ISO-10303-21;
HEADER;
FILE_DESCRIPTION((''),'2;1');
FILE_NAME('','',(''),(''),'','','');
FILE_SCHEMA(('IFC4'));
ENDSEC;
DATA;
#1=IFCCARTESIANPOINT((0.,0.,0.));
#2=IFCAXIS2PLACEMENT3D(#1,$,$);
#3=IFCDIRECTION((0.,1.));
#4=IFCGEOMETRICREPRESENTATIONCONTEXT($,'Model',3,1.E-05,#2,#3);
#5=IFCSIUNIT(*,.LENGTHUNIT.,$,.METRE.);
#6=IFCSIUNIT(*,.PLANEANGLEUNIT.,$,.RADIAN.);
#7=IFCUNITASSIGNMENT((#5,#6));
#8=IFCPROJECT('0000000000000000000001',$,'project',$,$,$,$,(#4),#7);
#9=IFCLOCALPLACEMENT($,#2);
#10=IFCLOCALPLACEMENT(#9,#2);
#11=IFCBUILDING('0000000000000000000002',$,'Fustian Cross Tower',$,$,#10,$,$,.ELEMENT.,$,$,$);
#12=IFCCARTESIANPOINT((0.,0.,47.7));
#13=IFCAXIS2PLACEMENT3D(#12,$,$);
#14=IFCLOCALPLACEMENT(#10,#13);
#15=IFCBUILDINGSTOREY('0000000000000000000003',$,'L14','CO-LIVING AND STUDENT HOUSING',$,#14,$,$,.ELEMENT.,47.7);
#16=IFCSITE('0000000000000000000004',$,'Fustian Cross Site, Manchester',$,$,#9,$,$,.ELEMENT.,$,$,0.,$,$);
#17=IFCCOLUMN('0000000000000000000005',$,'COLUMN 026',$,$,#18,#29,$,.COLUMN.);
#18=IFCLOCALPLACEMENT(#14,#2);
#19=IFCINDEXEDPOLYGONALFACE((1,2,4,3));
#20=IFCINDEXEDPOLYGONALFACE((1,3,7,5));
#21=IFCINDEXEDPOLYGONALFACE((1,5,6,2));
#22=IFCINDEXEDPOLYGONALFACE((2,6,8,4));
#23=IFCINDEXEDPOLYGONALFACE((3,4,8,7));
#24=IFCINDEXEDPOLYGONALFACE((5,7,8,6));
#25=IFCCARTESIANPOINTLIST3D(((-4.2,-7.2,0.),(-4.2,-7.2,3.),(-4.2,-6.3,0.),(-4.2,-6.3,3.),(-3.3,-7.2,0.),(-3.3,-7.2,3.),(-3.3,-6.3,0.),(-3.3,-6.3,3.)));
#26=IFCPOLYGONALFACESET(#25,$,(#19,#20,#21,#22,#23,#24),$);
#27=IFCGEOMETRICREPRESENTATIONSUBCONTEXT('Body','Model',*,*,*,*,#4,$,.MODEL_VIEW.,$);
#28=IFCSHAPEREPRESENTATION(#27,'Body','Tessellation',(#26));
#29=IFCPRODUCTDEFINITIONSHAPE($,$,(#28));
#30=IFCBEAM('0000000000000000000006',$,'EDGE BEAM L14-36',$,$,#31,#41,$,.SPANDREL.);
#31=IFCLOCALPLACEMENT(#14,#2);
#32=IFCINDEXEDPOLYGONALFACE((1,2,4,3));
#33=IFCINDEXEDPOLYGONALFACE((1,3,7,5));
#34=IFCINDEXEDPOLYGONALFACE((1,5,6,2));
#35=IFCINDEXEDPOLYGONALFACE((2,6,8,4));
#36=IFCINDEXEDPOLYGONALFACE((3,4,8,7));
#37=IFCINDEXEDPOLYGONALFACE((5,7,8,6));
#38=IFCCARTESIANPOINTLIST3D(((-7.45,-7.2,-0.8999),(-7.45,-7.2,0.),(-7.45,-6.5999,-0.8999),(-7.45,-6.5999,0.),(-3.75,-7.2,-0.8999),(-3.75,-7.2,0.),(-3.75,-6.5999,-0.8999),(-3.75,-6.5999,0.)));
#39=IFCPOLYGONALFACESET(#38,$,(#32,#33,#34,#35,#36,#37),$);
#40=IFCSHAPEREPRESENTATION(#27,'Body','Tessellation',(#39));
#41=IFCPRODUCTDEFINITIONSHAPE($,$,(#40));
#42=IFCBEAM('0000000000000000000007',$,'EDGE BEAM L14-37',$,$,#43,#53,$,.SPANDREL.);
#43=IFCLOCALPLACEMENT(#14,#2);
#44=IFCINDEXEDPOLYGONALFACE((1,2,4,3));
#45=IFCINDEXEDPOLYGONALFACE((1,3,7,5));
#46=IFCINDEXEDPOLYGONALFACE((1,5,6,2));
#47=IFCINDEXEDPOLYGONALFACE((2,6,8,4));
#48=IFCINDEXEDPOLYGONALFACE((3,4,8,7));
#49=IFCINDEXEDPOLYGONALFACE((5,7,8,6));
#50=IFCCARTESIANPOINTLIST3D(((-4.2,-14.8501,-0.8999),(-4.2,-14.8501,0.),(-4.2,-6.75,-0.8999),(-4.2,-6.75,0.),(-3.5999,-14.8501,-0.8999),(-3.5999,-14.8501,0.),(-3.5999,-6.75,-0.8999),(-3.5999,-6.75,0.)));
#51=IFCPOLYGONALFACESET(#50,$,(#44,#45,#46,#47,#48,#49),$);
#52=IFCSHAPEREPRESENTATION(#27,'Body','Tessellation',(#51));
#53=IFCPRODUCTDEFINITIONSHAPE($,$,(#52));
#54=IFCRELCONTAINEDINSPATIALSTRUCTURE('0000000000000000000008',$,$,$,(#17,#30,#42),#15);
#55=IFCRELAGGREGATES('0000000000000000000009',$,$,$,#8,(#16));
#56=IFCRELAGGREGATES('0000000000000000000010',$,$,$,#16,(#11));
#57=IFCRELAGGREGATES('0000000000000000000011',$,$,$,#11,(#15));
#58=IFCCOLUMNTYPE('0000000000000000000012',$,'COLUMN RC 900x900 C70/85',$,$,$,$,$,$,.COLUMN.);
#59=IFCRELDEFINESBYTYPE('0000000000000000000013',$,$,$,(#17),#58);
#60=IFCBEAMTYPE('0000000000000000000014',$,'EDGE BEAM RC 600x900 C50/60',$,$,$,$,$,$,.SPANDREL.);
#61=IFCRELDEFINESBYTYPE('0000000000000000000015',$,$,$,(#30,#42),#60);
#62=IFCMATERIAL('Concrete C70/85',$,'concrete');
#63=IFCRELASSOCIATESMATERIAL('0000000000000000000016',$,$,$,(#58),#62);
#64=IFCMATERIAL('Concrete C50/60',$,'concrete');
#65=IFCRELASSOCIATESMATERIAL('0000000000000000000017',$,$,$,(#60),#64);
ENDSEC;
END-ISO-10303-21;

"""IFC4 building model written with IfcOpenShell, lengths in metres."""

from ifc_helpers import new_model, si_unit, direction, frame, origin, origin_2d, place, context, subcontext, project, spatial, rectangle, extrude, material, material_profile, profile_set, type_object, element, save


model = new_model("IFC4")

# Units and contexts
model_context = context("Model", 3, precision=1e-05, world=origin(), true_north=direction((0.0, 1.0)))
body_context = subcontext(model_context, "Body", "Model", "MODEL_VIEW")
ifc_project = project(units=[si_unit("LENGTHUNIT", "METRE"), si_unit("PLANEANGLEUNIT", "RADIAN")], contexts=[model_context])

# Site, building, storey
site_placement = place(None, origin())
site = spatial("IfcSite", under=ifc_project, at=site_placement, Name="Fustian Cross Site, Manchester", CompositionType="ELEMENT", RefElevation=0.0)
building_placement = place(site_placement, origin())
building = spatial("IfcBuilding", under=site, at=building_placement, Name="Fustian Cross Tower", CompositionType="ELEMENT")
storey_placement = place(building_placement, frame((0.0, 0.0, 47.7)))
storey = spatial("IfcBuildingStorey", under=building, at=storey_placement, Name="L14", Description="CO-LIVING AND STUDENT HOUSING", CompositionType="ELEMENT", Elevation=47.7)

# Column
ifc_material_1 = material(Name="Concrete C70/85", Category="concrete")
ifc_material_profile_1 = material_profile(ifc_material_1, rectangle(XDim=0.8999, YDim=0.8999, at=origin_2d()), Name="RC 900x900")
ifc_profile_set_1 = profile_set([ifc_material_profile_1], Name="Concrete C70/85")
column_type = type_object("IfcColumnType", Name="COLUMN RC 900x900 C70/85", PredefinedType="COLUMN", material=ifc_profile_set_1)
column_placement = place(storey_placement, frame((-3.75, -6.75, 0.0), z_axis=(0.0, 0.0, 1.0), x_axis=(1.0, 0.0, 0.0)))
element("IfcColumn", 1, at=column_placement, inside=storey, type_object=column_type, Name="COLUMN 026", PredefinedType="COLUMN", context=body_context, shape_type="SweptSolid", body=[
    extrude(rectangle(XDim=0.8999, YDim=0.8999, at=origin_2d()), origin(), (0.0, 0.0, 1.0), 3.0),
])

# Beams
ifc_material_2 = material(Name="Concrete C50/60", Category="concrete")
ifc_material_profile_2 = material_profile(ifc_material_2, rectangle(XDim=0.6001, YDim=0.8999, at=origin_2d()), Name="RC 600x900")
ifc_profile_set_2 = profile_set([ifc_material_profile_2], Name="Concrete C50/60")
beam_type = type_object("IfcBeamType", Name="EDGE BEAM RC 600x900 C50/60", PredefinedType="SPANDREL", material=ifc_profile_set_2)
beam_1_placement = place(storey_placement, frame((-7.45, -6.8999, -0.45), z_axis=(1.0, 0.0, 0.0), x_axis=(0.0, 1.0, 0.0)))
element("IfcBeam", 2, at=beam_1_placement, inside=storey, type_object=beam_type, Name="EDGE BEAM L14-36", PredefinedType="SPANDREL", context=body_context, shape_type="SweptSolid", body=[
    extrude(rectangle(XDim=0.6001, YDim=0.8999, at=origin_2d()), origin(), (0.0, 0.0, 1.0), 3.7),
])
beam_2_placement = place(storey_placement, frame((-3.8999, -6.75, -0.45), z_axis=(0.0, -1.0, 0.0), x_axis=(1.0, 0.0, 0.0)))
element("IfcBeam", 3, at=beam_2_placement, inside=storey, type_object=beam_type, Name="EDGE BEAM L14-37", PredefinedType="SPANDREL", context=body_context, shape_type="SweptSolid", body=[
    extrude(rectangle(XDim=0.6001, YDim=0.8999, at=origin_2d()), origin(), (0.0, 0.0, 1.0), 8.1001),
])

save(model, "model.ifc")
